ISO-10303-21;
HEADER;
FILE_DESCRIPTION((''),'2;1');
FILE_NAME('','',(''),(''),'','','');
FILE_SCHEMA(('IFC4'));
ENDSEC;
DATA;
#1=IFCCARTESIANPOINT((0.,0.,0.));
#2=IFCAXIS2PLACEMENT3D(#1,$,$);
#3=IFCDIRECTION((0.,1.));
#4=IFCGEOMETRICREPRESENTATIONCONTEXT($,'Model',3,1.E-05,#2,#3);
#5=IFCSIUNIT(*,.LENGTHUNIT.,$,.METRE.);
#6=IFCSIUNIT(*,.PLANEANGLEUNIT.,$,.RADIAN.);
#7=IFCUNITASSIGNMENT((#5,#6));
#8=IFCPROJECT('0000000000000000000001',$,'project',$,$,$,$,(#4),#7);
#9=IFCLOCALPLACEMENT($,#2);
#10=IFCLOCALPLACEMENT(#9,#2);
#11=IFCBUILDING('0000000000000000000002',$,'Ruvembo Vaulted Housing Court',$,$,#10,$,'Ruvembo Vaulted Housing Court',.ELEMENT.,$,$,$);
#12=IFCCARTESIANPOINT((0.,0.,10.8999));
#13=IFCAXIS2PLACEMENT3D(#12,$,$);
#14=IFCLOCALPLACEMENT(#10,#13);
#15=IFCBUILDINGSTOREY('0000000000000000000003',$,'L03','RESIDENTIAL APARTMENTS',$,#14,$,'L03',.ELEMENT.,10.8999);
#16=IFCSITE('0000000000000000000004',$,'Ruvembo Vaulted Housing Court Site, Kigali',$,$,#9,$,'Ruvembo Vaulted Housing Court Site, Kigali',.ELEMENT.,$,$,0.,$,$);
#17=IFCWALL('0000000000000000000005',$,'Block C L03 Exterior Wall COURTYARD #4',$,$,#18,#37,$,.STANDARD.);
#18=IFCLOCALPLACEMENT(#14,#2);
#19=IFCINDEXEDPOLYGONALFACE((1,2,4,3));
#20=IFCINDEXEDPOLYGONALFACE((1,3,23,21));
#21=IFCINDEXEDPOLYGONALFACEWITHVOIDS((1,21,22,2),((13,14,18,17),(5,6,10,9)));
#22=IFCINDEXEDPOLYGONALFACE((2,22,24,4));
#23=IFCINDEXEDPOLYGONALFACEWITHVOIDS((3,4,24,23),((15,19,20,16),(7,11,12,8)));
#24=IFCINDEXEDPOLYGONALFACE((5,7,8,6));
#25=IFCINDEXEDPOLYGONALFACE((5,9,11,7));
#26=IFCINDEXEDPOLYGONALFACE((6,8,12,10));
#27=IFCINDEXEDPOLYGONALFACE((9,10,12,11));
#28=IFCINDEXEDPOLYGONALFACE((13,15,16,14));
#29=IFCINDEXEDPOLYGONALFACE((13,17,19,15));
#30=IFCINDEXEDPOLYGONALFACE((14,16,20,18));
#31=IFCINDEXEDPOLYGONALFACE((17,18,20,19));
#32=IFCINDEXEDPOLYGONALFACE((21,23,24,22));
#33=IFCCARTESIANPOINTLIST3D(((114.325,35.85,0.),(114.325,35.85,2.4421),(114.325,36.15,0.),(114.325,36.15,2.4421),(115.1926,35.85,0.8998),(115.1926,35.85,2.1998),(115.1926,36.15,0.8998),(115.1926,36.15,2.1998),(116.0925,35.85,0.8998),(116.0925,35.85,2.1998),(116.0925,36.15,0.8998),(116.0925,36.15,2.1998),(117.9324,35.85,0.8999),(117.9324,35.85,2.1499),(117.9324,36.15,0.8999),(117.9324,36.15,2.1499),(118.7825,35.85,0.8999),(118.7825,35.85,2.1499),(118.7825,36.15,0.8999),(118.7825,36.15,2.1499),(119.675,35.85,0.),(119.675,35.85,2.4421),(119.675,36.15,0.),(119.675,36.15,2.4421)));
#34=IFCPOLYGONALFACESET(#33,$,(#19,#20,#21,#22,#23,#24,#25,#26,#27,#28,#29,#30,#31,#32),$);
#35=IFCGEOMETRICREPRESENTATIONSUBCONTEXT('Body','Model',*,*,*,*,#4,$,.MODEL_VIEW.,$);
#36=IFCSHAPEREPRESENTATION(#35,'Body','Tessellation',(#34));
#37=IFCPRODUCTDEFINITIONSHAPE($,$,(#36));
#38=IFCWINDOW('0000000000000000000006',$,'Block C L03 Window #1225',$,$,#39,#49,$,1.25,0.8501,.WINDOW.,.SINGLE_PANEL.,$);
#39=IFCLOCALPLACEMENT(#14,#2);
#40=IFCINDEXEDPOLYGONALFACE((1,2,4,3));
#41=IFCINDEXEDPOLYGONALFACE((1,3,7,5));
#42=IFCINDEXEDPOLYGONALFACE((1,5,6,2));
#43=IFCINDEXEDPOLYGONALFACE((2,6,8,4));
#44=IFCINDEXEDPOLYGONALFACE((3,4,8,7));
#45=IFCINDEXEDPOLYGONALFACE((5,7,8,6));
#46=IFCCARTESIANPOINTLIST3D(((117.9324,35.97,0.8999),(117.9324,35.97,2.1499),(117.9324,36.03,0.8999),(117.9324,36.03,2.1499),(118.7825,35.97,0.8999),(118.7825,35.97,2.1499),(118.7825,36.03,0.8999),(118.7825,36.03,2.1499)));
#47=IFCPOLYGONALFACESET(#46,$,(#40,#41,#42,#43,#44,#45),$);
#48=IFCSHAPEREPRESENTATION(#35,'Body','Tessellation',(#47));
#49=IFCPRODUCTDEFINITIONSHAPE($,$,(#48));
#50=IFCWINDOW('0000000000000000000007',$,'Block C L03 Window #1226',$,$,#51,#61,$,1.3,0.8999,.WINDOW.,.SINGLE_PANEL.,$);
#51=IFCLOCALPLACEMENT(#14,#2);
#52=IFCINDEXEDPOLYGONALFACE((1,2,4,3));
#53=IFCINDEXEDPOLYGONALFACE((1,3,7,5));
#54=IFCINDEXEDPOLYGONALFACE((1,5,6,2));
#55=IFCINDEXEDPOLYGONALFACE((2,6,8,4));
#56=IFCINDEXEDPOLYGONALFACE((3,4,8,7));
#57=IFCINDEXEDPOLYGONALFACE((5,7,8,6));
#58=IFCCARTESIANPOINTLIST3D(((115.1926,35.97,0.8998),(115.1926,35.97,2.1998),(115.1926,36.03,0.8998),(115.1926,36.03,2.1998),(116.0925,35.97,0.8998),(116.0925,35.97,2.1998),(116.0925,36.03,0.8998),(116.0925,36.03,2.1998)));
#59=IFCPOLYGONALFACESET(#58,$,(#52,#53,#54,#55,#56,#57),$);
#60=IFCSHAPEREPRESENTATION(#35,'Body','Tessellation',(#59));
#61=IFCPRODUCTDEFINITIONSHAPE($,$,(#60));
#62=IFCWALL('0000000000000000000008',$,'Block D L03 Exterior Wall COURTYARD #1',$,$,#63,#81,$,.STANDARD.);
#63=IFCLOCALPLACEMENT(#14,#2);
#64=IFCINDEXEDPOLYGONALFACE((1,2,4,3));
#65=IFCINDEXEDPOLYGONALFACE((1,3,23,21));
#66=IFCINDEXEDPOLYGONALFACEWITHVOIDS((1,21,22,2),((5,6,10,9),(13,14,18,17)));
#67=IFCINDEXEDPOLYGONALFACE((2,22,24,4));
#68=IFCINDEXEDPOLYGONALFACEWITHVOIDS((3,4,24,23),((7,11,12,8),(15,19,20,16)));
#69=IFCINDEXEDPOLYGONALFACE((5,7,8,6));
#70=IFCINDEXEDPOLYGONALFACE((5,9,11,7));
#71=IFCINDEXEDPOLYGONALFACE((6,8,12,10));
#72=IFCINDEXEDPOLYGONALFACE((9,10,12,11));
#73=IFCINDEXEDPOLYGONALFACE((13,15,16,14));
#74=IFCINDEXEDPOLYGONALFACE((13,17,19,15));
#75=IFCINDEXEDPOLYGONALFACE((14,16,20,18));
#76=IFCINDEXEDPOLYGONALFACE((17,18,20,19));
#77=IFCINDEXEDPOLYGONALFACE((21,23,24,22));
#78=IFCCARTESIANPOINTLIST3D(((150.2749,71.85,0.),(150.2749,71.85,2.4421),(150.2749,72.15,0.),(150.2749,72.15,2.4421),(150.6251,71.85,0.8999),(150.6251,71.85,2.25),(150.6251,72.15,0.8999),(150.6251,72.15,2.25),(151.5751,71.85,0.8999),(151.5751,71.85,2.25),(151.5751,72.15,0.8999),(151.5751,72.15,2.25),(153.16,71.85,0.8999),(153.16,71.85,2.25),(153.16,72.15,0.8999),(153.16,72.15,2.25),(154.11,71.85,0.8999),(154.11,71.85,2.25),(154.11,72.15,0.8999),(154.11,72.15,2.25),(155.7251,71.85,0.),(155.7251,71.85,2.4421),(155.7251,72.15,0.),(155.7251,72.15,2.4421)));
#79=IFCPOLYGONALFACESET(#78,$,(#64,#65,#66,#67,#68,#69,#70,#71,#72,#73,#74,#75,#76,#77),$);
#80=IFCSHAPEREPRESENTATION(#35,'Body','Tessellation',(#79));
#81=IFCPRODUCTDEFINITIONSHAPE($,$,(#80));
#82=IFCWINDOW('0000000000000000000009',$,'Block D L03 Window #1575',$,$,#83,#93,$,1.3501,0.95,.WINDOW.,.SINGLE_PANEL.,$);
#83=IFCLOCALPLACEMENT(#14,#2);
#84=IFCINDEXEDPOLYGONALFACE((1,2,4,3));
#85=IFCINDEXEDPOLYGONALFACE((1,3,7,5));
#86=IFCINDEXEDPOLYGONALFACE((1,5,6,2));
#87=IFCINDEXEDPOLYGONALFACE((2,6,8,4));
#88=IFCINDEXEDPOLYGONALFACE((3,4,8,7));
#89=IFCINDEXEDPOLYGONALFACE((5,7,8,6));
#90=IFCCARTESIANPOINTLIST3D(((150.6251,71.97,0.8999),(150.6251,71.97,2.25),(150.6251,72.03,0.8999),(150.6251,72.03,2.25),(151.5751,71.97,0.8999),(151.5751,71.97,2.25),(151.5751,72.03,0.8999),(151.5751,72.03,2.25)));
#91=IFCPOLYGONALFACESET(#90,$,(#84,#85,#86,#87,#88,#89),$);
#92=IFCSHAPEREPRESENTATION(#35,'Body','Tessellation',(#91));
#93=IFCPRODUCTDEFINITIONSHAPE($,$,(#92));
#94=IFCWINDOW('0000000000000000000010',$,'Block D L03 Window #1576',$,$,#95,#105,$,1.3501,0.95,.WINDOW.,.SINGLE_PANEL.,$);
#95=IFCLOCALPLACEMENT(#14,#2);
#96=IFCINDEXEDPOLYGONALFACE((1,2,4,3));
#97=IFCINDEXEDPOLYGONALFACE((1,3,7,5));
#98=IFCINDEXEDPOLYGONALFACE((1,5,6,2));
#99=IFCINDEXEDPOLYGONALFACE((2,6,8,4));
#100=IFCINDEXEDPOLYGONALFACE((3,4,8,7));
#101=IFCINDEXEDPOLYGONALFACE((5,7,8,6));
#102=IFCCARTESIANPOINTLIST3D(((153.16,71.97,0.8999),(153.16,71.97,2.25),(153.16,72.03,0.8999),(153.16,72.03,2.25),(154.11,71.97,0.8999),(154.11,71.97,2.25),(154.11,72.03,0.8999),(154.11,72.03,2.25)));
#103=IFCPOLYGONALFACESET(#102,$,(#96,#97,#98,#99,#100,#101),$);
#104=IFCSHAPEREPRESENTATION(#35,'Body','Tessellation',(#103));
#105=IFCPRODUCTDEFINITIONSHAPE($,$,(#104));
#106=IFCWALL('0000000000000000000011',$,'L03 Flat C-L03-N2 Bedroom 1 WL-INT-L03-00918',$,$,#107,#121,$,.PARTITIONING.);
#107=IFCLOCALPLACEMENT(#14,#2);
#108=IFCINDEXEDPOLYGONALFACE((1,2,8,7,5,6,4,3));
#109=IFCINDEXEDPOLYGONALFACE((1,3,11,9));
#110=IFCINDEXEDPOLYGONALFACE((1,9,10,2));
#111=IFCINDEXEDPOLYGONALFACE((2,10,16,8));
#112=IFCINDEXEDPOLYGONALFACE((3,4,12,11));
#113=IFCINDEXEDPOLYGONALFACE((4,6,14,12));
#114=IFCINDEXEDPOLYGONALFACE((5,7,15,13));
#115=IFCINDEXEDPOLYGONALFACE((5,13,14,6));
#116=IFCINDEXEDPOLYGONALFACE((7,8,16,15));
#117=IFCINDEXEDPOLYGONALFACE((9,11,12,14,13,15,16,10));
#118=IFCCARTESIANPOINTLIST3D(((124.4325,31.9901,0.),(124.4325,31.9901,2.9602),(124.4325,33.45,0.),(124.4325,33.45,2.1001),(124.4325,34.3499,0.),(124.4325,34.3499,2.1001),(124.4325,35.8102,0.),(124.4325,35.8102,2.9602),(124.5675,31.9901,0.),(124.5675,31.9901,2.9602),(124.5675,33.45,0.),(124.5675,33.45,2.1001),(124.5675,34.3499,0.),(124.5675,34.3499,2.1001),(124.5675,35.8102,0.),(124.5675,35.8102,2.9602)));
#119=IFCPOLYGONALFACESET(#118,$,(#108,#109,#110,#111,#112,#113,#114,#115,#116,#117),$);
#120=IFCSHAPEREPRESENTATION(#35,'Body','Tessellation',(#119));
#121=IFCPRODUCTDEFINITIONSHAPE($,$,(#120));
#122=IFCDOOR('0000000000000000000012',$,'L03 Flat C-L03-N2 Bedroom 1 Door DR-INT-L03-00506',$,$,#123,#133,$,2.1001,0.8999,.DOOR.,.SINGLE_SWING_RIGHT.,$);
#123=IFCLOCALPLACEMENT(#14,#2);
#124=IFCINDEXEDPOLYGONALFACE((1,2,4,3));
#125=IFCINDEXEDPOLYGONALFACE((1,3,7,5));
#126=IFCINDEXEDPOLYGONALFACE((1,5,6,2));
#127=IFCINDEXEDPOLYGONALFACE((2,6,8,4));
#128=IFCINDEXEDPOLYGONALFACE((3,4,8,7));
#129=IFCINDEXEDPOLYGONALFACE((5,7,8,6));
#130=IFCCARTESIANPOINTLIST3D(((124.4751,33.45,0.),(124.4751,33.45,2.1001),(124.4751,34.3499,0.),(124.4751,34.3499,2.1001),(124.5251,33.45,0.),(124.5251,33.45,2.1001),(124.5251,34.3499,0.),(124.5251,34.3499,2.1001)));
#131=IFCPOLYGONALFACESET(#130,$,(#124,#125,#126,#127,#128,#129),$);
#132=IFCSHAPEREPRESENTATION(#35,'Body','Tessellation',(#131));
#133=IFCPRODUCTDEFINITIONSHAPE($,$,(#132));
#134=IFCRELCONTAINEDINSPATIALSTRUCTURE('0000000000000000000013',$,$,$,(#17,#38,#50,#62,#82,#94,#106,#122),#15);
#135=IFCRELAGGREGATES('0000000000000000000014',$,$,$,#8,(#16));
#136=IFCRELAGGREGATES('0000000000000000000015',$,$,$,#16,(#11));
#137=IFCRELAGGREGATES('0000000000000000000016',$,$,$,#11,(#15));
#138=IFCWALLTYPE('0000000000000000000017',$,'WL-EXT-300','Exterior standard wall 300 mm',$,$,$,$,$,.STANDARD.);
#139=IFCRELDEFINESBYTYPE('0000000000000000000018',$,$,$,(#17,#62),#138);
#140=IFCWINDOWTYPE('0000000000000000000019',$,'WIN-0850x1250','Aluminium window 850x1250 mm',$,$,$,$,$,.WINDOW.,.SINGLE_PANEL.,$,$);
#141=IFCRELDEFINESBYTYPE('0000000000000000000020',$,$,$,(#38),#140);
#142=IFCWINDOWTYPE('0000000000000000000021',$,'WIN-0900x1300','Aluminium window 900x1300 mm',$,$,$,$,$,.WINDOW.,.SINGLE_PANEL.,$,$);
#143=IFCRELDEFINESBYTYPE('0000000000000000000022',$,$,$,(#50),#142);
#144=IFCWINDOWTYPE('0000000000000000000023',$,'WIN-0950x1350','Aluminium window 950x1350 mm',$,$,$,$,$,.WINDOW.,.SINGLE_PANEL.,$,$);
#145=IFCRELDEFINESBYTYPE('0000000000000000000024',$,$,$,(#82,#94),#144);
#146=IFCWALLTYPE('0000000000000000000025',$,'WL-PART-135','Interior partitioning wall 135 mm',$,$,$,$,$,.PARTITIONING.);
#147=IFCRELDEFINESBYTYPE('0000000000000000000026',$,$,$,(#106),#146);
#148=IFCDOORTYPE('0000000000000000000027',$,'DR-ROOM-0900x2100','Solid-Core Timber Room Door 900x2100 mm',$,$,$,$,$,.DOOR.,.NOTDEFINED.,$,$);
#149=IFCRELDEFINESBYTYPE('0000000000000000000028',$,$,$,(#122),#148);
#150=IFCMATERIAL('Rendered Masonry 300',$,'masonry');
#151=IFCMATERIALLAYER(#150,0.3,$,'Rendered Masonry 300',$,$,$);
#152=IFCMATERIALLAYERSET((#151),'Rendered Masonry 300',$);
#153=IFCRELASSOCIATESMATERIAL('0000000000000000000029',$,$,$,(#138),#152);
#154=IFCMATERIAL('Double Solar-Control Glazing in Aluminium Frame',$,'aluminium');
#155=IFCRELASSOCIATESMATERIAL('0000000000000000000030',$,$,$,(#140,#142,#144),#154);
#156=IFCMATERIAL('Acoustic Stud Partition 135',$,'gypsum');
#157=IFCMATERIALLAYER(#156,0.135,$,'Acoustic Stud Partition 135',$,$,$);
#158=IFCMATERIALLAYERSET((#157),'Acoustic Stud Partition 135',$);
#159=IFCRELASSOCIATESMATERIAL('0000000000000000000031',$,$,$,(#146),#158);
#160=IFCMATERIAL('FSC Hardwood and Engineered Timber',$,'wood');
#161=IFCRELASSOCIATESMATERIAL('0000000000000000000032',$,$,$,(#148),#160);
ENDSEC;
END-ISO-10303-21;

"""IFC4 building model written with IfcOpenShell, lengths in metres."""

from ifc_helpers import new_model, si_unit, direction, frame, frame_2d, origin, place, context, subcontext, project, spatial, rectangle, extrude, material, layer, layer_set, type_object, element, fill, save


model = new_model("IFC4")

# Units and contexts
model_context = context("Model", 3, precision=1e-05, world=origin(), true_north=direction((0.0, 1.0)))
body_context = subcontext(model_context, "Body", "Model", "MODEL_VIEW")
ifc_project = project(units=[si_unit("LENGTHUNIT", "METRE"), si_unit("PLANEANGLEUNIT", "RADIAN")], contexts=[model_context])

# Site, building, storey
site_placement = place(None, origin())
site = spatial("IfcSite", under=ifc_project, at=site_placement, Name="Ruvembo Vaulted Housing Court Site, Kigali", LongName="Ruvembo Vaulted Housing Court Site, Kigali", CompositionType="ELEMENT", RefElevation=0.0)
building_placement = place(site_placement, origin())
building = spatial("IfcBuilding", under=site, at=building_placement, Name="Ruvembo Vaulted Housing Court", LongName="Ruvembo Vaulted Housing Court", CompositionType="ELEMENT")
storey_placement = place(building_placement, frame((0.0, 0.0, 10.8999)))
storey = spatial("IfcBuildingStorey", under=building, at=storey_placement, Name="L03", Description="RESIDENTIAL APARTMENTS", LongName="L03", CompositionType="ELEMENT", Elevation=10.8999)

# Walls, openings, windows
ifc_material_1 = material(Name="Rendered Masonry 300", Category="masonry")
ifc_layer_1 = layer(ifc_material_1, 0.3, Name="Rendered Masonry 300")
ifc_layer_set_1 = layer_set([ifc_layer_1], Name="Rendered Masonry 300")
wall_type_1 = type_object("IfcWallType", Name="WL-EXT-300", Description="Exterior standard wall 300 mm", PredefinedType="STANDARD", material=ifc_layer_set_1)
ifc_material_2 = material(Name="Double Solar-Control Glazing in Aluminium Frame", Category="aluminium")
window_type_1 = type_object("IfcWindowType", Name="WIN-0850x1250", Description="Aluminium window 850x1250 mm", PartitioningType="SINGLE_PANEL", PredefinedType="WINDOW", material=ifc_material_2)
window_type_2 = type_object("IfcWindowType", Name="WIN-0900x1300", Description="Aluminium window 900x1300 mm", PartitioningType="SINGLE_PANEL", PredefinedType="WINDOW", material=ifc_material_2)
window_type_3 = type_object("IfcWindowType", Name="WIN-0950x1350", Description="Aluminium window 950x1350 mm", PartitioningType="SINGLE_PANEL", PredefinedType="WINDOW", material=ifc_material_2)
wall_1_placement = place(storey_placement, frame((119.675, 36.0, 0.0), z_axis=(0.0, 0.0, 1.0), x_axis=(-1.0, 0.0, 0.0)))
wall_1 = element("IfcWall", 1, at=wall_1_placement, inside=storey, type_object=wall_type_1, Name="Block C L03 Exterior Wall COURTYARD #4", PredefinedType="STANDARD", context=body_context, shape_type="SweptSolid", body=[
    extrude(rectangle(XDim=5.3501, YDim=0.3, at=frame_2d((2.675, 0.0))), origin(), (0.0, 0.0, 1.0), 2.4421),
])
opening_1_placement = place(wall_1_placement, frame((0.8926, 0.0, 0.8999)))
opening_1 = element("IfcOpeningElement", 2, at=opening_1_placement, cuts=wall_1, PredefinedType="OPENING", context=body_context, shape_type="SweptSolid", body=[
    extrude(rectangle(XDim=0.8501, YDim=1.25, at=frame_2d((0.425, 0.625))), frame((0.0, 0.1599, 0.0), z_axis=(0.0, -1.0, 0.0), x_axis=(1.0, 0.0, 0.0)), (0.0, 0.0, 1.0), 0.3201),
])
opening_2_placement = place(wall_1_placement, frame((3.5825, 0.0, 0.8999)))
opening_2 = element("IfcOpeningElement", 3, at=opening_2_placement, cuts=wall_1, PredefinedType="OPENING", context=body_context, shape_type="SweptSolid", body=[
    extrude(rectangle(XDim=0.8999, YDim=1.3, at=frame_2d((0.45, 0.6499))), frame((0.0, 0.1599, 0.0), z_axis=(0.0, -1.0, 0.0), x_axis=(1.0, 0.0, 0.0)), (0.0, 0.0, 1.0), 0.3201),
])
window_1_placement = place(opening_1_placement, origin())
window_1 = element("IfcWindow", 4, at=window_1_placement, inside=storey, type_object=window_type_1, Name="Block C L03 Window #1225", OverallHeight=1.25, OverallWidth=0.8501, PartitioningType="SINGLE_PANEL", PredefinedType="WINDOW", context=body_context, shape_type="SweptSolid", body=[
    extrude(rectangle(XDim=0.8501, YDim=1.25, at=frame_2d((0.425, 0.625))), frame((0.0, 0.03, 0.0), z_axis=(0.0, -1.0, 0.0), x_axis=(1.0, 0.0, 0.0)), (0.0, 0.0, 1.0), 0.0601),
])
fill(opening_1, window_1)
window_2_placement = place(opening_2_placement, origin())
window_2 = element("IfcWindow", 5, at=window_2_placement, inside=storey, type_object=window_type_2, Name="Block C L03 Window #1226", OverallHeight=1.3, OverallWidth=0.8999, PartitioningType="SINGLE_PANEL", PredefinedType="WINDOW", context=body_context, shape_type="SweptSolid", body=[
    extrude(rectangle(XDim=0.8999, YDim=1.3, at=frame_2d((0.45, 0.6499))), frame((0.0, 0.03, 0.0), z_axis=(0.0, -1.0, 0.0), x_axis=(1.0, 0.0, 0.0)), (0.0, 0.0, 1.0), 0.0601),
])
fill(opening_2, window_2)
wall_2_placement = place(storey_placement, frame((150.2749, 72.0, 0.0), z_axis=(0.0, 0.0, 1.0), x_axis=(1.0, 0.0, 0.0)))
wall_2 = element("IfcWall", 6, at=wall_2_placement, inside=storey, type_object=wall_type_1, Name="Block D L03 Exterior Wall COURTYARD #1", PredefinedType="STANDARD", context=body_context, shape_type="SweptSolid", body=[
    extrude(rectangle(XDim=5.4502, YDim=0.3, at=frame_2d((2.7251, 0.0))), origin(), (0.0, 0.0, 1.0), 2.4421),
])
opening_3_placement = place(wall_2_placement, frame((0.3501, 0.0, 0.8999)))
opening_3 = element("IfcOpeningElement", 7, at=opening_3_placement, cuts=wall_2, PredefinedType="OPENING", context=body_context, shape_type="SweptSolid", body=[
    extrude(rectangle(XDim=0.95, YDim=1.3501, at=frame_2d((0.4751, 0.675))), frame((0.0, 0.1599, 0.0), z_axis=(0.0, -1.0, 0.0), x_axis=(1.0, 0.0, 0.0)), (0.0, 0.0, 1.0), 0.3201),
])
opening_4_placement = place(wall_2_placement, frame((2.885, 0.0, 0.8999)))
opening_4 = element("IfcOpeningElement", 8, at=opening_4_placement, cuts=wall_2, PredefinedType="OPENING", context=body_context, shape_type="SweptSolid", body=[
    extrude(rectangle(XDim=0.95, YDim=1.3501, at=frame_2d((0.4751, 0.675))), frame((0.0, 0.1599, 0.0), z_axis=(0.0, -1.0, 0.0), x_axis=(1.0, 0.0, 0.0)), (0.0, 0.0, 1.0), 0.3201),
])
window_3_placement = place(opening_3_placement, origin())
window_3 = element("IfcWindow", 9, at=window_3_placement, inside=storey, type_object=window_type_3, Name="Block D L03 Window #1575", OverallHeight=1.3501, OverallWidth=0.95, PartitioningType="SINGLE_PANEL", PredefinedType="WINDOW", context=body_context, shape_type="SweptSolid", body=[
    extrude(rectangle(XDim=0.95, YDim=1.3501, at=frame_2d((0.4751, 0.675))), frame((0.0, 0.03, 0.0), z_axis=(0.0, -1.0, 0.0), x_axis=(1.0, 0.0, 0.0)), (0.0, 0.0, 1.0), 0.0601),
])
fill(opening_3, window_3)
window_4_placement = place(opening_4_placement, origin())
window_4 = element("IfcWindow", 10, at=window_4_placement, inside=storey, type_object=window_type_3, Name="Block D L03 Window #1576", OverallHeight=1.3501, OverallWidth=0.95, PartitioningType="SINGLE_PANEL", PredefinedType="WINDOW", context=body_context, shape_type="SweptSolid", body=[
    extrude(rectangle(XDim=0.95, YDim=1.3501, at=frame_2d((0.4751, 0.675))), frame((0.0, 0.03, 0.0), z_axis=(0.0, -1.0, 0.0), x_axis=(1.0, 0.0, 0.0)), (0.0, 0.0, 1.0), 0.0601),
])
fill(opening_4, window_4)

# Wall, opening, door
ifc_material_3 = material(Name="Acoustic Stud Partition 135", Category="gypsum")
ifc_layer_2 = layer(ifc_material_3, 0.135, Name="Acoustic Stud Partition 135")
ifc_layer_set_2 = layer_set([ifc_layer_2], Name="Acoustic Stud Partition 135")
wall_type_2 = type_object("IfcWallType", Name="WL-PART-135", Description="Interior partitioning wall 135 mm", PredefinedType="PARTITIONING", material=ifc_layer_set_2)
wall_3_placement = place(storey_placement, frame((124.5, 31.99, 0.0), z_axis=(0.0, 0.0, 1.0), x_axis=(0.0, 1.0, 0.0)))
wall_3 = element("IfcWall", 11, at=wall_3_placement, inside=storey, type_object=wall_type_2, Name="L03 Flat C-L03-N2 Bedroom 1 WL-INT-L03-00918", PredefinedType="PARTITIONING", context=body_context, shape_type="SweptSolid", body=[
    extrude(rectangle(XDim=3.8201, YDim=0.135, at=frame_2d((1.9102, 0.0))), origin(), (0.0, 0.0, 1.0), 2.9602),
])
opening_5_placement = place(wall_3_placement, frame((1.46, 0.0, 0.0)))
opening_5 = element("IfcOpeningElement", 12, at=opening_5_placement, cuts=wall_3, PredefinedType="OPENING", context=body_context, shape_type="SweptSolid", body=[
    extrude(rectangle(XDim=0.8999, YDim=2.1001, at=frame_2d((0.45, 1.05))), frame((0.0, 0.0774, 0.0), z_axis=(0.0, -1.0, 0.0), x_axis=(1.0, 0.0, 0.0)), (0.0, 0.0, 1.0), 0.155),
])
ifc_material_4 = material(Name="FSC Hardwood and Engineered Timber", Category="wood")
door_type = type_object("IfcDoorType", Name="DR-ROOM-0900x2100", Description="Solid-Core Timber Room Door 900x2100 mm", OperationType="NOTDEFINED", PredefinedType="DOOR", material=ifc_material_4)
door_placement = place(opening_5_placement, origin())
door = element("IfcDoor", 13, at=door_placement, inside=storey, type_object=door_type, Name="L03 Flat C-L03-N2 Bedroom 1 Door DR-INT-L03-00506", OperationType="SINGLE_SWING_RIGHT", OverallHeight=2.1001, OverallWidth=0.8999, PredefinedType="DOOR", context=body_context, shape_type="SweptSolid", body=[
    extrude(rectangle(XDim=0.8999, YDim=2.1001, at=frame_2d((0.45, 1.05))), frame((0.0, 0.0249, 0.0), z_axis=(0.0, -1.0, 0.0), x_axis=(1.0, 0.0, 0.0)), (0.0, 0.0, 1.0), 0.05),
])
fill(opening_5, door)

save(model, "model.ifc")
